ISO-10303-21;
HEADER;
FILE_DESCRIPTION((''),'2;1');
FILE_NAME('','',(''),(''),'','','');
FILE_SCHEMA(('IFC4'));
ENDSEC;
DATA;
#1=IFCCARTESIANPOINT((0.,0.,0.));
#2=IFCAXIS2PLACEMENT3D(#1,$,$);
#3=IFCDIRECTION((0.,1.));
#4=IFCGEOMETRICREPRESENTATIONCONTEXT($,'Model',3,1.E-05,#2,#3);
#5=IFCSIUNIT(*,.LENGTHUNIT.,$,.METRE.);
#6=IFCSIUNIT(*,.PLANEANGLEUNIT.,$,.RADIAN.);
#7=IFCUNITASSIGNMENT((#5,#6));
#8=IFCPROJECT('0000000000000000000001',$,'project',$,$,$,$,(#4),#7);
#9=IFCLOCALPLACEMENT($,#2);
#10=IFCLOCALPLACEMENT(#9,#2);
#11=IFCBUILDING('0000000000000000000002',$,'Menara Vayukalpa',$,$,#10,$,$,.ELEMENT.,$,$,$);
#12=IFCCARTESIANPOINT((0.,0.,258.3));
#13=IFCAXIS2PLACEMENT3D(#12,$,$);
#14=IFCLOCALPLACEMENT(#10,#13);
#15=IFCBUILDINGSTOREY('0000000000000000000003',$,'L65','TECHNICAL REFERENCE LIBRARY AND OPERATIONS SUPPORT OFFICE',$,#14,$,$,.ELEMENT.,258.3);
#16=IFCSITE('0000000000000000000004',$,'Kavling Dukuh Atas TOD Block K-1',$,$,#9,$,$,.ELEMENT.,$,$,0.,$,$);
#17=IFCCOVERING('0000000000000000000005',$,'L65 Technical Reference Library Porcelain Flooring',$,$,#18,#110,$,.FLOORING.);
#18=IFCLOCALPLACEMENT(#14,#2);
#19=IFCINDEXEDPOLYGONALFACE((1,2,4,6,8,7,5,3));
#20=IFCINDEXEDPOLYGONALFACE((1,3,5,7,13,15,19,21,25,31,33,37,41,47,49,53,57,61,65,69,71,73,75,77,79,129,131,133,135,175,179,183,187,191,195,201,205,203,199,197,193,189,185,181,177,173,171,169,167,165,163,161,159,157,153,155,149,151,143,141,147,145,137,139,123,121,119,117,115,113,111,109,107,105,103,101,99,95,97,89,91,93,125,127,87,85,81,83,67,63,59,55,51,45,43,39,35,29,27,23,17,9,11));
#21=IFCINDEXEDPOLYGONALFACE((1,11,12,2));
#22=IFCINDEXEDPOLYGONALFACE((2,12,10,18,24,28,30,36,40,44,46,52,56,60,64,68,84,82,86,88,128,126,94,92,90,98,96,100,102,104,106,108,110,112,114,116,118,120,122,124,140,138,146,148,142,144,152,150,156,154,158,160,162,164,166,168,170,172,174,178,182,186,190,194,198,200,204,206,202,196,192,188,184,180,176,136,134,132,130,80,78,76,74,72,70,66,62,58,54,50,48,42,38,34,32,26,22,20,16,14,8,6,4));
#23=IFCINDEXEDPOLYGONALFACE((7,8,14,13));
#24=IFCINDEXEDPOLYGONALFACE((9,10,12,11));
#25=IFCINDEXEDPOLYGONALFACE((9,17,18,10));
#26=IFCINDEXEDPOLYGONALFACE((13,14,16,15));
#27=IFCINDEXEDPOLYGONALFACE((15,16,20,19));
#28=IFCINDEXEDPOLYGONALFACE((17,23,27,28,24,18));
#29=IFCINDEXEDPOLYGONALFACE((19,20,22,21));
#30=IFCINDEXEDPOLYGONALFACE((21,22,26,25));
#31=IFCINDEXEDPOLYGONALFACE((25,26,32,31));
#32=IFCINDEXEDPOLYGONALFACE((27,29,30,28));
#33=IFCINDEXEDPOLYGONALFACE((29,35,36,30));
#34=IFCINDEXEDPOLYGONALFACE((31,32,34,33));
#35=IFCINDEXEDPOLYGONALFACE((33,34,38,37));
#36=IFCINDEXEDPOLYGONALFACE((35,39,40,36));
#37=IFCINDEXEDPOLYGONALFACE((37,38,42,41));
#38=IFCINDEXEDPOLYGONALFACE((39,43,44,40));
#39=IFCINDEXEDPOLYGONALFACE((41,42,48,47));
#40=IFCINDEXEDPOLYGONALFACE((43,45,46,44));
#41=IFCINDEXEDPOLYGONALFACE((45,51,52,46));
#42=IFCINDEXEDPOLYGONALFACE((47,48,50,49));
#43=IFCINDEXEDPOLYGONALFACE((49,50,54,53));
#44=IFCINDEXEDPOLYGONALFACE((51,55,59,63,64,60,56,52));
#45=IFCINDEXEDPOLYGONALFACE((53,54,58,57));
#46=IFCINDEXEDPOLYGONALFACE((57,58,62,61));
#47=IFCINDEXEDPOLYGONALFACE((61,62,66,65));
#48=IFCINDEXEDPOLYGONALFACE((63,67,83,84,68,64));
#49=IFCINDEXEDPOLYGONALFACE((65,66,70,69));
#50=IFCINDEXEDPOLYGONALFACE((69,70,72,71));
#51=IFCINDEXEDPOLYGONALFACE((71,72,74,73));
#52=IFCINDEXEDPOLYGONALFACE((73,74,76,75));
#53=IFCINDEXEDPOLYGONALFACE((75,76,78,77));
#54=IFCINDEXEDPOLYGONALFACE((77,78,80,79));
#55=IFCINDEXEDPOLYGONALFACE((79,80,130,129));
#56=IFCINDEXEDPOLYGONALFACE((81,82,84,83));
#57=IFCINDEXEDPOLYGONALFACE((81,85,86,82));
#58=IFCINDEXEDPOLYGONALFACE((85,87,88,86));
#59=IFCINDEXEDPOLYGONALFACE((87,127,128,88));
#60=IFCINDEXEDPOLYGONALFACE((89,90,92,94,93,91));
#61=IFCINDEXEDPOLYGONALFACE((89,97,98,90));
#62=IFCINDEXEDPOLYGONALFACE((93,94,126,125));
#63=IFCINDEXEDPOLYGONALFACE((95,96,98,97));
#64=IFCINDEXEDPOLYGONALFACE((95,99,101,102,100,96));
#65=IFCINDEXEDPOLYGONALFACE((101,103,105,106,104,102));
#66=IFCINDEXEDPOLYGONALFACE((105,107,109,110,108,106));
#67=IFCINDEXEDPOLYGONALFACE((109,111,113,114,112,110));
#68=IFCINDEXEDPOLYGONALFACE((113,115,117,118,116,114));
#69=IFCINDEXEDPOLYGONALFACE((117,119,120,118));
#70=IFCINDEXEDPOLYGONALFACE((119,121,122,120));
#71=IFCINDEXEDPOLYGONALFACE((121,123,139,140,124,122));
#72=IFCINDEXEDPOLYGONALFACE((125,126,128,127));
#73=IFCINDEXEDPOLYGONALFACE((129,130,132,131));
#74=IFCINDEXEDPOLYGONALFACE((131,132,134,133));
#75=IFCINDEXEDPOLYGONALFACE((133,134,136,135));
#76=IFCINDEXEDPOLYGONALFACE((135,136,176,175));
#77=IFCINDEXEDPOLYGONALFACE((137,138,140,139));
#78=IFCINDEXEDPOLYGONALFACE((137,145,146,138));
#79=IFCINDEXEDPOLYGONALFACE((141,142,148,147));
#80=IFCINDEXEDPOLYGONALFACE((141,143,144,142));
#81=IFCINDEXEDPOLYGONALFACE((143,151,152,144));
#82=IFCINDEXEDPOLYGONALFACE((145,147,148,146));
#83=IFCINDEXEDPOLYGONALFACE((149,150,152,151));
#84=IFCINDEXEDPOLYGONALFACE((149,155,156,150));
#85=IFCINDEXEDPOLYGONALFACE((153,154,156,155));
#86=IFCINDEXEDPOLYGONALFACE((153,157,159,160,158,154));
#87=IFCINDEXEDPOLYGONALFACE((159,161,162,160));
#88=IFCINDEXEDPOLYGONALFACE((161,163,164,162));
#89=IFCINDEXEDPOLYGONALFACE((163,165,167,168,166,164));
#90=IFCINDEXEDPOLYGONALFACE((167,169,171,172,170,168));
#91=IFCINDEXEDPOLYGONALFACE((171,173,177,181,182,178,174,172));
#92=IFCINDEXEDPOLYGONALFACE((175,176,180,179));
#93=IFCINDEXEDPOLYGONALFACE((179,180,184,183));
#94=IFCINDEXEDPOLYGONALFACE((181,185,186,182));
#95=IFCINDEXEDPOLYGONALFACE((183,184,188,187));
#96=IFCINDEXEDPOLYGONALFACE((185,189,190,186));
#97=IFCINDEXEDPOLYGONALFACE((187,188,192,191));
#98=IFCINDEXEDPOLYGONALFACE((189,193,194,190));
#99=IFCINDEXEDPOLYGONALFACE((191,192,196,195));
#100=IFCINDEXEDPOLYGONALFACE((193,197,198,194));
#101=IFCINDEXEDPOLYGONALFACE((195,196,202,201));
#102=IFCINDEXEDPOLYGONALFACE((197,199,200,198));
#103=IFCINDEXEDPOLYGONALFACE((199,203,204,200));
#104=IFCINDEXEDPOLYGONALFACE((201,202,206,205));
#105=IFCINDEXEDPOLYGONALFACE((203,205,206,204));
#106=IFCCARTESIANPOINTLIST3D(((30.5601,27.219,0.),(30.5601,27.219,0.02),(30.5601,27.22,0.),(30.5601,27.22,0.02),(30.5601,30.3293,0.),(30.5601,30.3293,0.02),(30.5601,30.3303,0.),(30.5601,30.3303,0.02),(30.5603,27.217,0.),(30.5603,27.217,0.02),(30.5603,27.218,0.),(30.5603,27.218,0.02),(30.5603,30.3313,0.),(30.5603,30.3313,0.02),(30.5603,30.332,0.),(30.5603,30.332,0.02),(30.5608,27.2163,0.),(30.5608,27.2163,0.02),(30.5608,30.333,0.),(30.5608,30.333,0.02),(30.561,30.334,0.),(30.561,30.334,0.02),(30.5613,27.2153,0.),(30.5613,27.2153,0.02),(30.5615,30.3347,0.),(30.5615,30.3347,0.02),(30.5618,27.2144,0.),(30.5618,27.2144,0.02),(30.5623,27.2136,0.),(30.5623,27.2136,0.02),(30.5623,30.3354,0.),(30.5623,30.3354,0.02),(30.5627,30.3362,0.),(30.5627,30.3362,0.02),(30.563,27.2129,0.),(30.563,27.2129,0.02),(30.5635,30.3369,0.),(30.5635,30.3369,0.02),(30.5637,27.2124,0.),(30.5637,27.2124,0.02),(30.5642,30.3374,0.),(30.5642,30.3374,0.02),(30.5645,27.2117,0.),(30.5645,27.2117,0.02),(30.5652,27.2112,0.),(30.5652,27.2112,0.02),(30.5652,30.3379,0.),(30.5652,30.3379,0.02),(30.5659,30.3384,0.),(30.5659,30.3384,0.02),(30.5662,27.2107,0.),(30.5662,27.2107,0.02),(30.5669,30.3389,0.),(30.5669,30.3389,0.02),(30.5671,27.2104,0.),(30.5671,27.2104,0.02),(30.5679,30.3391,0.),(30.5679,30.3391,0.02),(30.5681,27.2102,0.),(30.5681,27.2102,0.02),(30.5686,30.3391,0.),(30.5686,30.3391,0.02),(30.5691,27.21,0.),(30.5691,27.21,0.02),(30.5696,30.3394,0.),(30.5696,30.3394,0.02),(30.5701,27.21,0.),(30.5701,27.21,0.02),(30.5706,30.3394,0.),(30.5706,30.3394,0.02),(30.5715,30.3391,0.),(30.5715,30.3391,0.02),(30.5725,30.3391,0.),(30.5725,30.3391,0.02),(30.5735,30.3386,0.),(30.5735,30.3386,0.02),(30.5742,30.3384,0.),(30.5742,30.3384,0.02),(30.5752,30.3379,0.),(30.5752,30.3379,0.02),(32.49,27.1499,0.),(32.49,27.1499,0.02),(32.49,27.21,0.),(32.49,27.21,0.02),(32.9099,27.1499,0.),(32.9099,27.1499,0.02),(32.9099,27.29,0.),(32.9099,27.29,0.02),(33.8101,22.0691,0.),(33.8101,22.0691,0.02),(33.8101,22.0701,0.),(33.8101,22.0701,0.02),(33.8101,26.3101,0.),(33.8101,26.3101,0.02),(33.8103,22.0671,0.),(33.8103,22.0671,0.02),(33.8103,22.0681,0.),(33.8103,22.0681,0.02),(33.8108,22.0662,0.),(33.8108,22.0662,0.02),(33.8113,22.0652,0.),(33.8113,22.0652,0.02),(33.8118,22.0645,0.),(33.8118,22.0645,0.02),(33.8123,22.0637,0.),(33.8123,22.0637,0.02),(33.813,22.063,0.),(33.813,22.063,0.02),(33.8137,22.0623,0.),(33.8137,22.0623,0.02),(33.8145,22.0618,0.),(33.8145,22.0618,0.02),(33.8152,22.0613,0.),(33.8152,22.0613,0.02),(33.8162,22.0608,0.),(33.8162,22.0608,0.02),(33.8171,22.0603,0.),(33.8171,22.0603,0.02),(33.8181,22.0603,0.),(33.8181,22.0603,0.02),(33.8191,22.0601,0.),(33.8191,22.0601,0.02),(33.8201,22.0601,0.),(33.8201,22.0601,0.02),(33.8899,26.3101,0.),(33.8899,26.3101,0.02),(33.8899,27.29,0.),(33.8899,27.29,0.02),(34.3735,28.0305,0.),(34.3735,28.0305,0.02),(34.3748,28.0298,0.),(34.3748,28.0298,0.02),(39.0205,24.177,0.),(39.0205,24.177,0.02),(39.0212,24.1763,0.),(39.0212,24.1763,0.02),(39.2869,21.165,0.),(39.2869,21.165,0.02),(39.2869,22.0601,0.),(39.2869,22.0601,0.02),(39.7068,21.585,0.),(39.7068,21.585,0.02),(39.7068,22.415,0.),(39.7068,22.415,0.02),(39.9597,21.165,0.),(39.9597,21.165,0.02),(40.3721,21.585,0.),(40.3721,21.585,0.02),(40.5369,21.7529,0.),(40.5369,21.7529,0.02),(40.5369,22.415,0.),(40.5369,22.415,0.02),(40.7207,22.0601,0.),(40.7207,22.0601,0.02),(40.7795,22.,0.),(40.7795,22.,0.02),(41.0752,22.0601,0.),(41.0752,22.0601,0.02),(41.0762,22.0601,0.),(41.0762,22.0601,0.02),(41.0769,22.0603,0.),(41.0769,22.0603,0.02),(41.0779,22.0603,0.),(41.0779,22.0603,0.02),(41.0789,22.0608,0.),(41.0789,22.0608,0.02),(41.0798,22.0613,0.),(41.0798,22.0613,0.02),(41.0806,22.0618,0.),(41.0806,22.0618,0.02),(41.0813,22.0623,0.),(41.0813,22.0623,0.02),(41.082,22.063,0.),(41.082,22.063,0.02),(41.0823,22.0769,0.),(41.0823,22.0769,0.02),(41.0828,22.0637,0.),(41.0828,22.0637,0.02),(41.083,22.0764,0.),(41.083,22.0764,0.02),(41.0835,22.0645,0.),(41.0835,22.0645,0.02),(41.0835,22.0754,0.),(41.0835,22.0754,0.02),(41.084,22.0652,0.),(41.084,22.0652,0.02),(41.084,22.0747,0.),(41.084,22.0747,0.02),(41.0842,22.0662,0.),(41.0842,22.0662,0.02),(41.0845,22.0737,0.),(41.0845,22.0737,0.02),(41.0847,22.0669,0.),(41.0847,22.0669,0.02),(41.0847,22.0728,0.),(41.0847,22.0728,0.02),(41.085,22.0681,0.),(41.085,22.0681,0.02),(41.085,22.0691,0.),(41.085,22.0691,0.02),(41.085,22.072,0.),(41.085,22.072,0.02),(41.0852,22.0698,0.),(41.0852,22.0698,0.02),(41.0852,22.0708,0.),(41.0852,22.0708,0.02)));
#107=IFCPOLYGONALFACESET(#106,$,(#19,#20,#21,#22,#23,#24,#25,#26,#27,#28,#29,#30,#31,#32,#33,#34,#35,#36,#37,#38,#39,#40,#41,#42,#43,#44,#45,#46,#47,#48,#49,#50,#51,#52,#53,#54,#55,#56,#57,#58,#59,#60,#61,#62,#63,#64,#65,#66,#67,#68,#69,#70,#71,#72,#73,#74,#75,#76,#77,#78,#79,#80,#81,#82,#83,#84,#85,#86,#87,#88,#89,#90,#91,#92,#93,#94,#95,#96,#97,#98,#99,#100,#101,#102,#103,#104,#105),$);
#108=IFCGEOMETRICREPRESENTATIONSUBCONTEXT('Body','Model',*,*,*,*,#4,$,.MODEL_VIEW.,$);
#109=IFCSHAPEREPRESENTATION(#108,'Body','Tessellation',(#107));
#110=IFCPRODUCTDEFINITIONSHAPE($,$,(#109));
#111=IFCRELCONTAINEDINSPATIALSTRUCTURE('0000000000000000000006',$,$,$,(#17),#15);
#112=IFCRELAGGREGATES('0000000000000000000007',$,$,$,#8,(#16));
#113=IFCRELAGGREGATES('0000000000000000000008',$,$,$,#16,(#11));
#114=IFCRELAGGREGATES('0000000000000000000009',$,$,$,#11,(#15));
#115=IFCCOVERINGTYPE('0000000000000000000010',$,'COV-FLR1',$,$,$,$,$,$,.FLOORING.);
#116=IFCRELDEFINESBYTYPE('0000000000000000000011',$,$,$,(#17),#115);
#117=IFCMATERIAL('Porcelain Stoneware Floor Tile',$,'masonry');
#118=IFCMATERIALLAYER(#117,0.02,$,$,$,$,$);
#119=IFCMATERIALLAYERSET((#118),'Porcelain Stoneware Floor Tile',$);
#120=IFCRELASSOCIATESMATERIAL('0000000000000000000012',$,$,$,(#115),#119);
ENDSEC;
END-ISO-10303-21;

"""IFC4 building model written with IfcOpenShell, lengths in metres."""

from ifc_helpers import new_model, si_unit, direction, frame, origin, place, context, subcontext, project, spatial, polyline, outline, extrude, material, layer, layer_set, type_object, element, save


model = new_model("IFC4")

# Units and contexts
model_context = context("Model", 3, precision=1e-05, world=origin(), true_north=direction((0.0, 1.0)))
body_context = subcontext(model_context, "Body", "Model", "MODEL_VIEW")
ifc_project = project(units=[si_unit("LENGTHUNIT", "METRE"), si_unit("PLANEANGLEUNIT", "RADIAN")], contexts=[model_context])

# Site, building, storey
site_placement = place(None, origin())
site = spatial("IfcSite", under=ifc_project, at=site_placement, Name="Kavling Dukuh Atas TOD Block K-1", CompositionType="ELEMENT", RefElevation=0.0)
building_placement = place(site_placement, origin())
building = spatial("IfcBuilding", under=site, at=building_placement, Name="Menara Vayukalpa", CompositionType="ELEMENT")
storey_placement = place(building_placement, frame((0.0, 0.0, 258.3)))
storey = spatial("IfcBuildingStorey", under=building, at=storey_placement, Name="L65", Description="TECHNICAL REFERENCE LIBRARY AND OPERATIONS SUPPORT OFFICE", CompositionType="ELEMENT", Elevation=258.3)

# Covering
ifc_material_1 = material(Name="Porcelain Stoneware Floor Tile", Category="masonry")
ifc_layer_1 = layer(ifc_material_1, 0.02)
ifc_layer_set_1 = layer_set([ifc_layer_1], Name="Porcelain Stoneware Floor Tile")
covering_type_1 = type_object("IfcCoveringType", Name="COV-FLR1", PredefinedType="FLOORING", material=ifc_layer_set_1)
covering_1_placement = place(storey_placement, origin())
element("IfcCovering", 1, at=covering_1_placement, inside=storey, type_object=covering_type_1, Name="L65 Technical Reference Library Porcelain Flooring", PredefinedType="FLOORING", context=body_context, shape_type="SweptSolid", body=[
    extrude(outline(polyline([(33.8201, 22.0601), (33.8191, 22.0601), (33.8181, 22.0603), (33.8171, 22.0603), (33.8162, 22.0608), (33.8152, 22.0613), (33.8145, 22.0618), (33.8137, 22.0623), (33.813, 22.063), (33.8123, 22.0637), (33.8118, 22.0645), (33.8113, 22.0652), (33.8108, 22.0662), (33.8103, 22.0671), (33.8103, 22.0681), (33.8101, 22.0691), (33.8101, 22.0701), (33.8101, 26.3101), (33.8899, 26.3101), (33.8899, 27.29), (32.9099, 27.29), (32.9099, 27.1499), (32.49, 27.1499), (32.49, 27.21), (30.5701, 27.21), (30.5691, 27.21), (30.5681, 27.2102), (30.5671, 27.2104), (30.5662, 27.2107), (30.5652, 27.2112), (30.5645, 27.2117), (30.5637, 27.2124), (30.563, 27.2129), (30.5623, 27.2136), (30.5618, 27.2144), (30.5613, 27.2153), (30.5608, 27.2163), (30.5603, 27.217), (30.5603, 27.218), (30.5601, 27.219), (30.5601, 27.22), (30.5601, 30.3293), (30.5601, 30.3303), (30.5603, 30.3313), (30.5603, 30.332), (30.5608, 30.333), (30.561, 30.334), (30.5615, 30.3347), (30.5623, 30.3354), (30.5627, 30.3362), (30.5635, 30.3369), (30.5642, 30.3374), (30.5652, 30.3379), (30.5659, 30.3384), (30.5669, 30.3389), (30.5679, 30.3391), (30.5686, 30.3391), (30.5696, 30.3394), (30.5706, 30.3394), (30.5715, 30.3391), (30.5725, 30.3391), (30.5735, 30.3386), (30.5742, 30.3384), (30.5752, 30.3379), (34.3735, 28.0305), (34.3748, 28.0298), (39.0205, 24.177), (39.0212, 24.1763), (41.0823, 22.0769), (41.083, 22.0764), (41.0835, 22.0754), (41.084, 22.0747), (41.0845, 22.0737), (41.0847, 22.0728), (41.085, 22.072), (41.0852, 22.0708), (41.0852, 22.0698), (41.085, 22.0691), (41.085, 22.0681), (41.0847, 22.0669), (41.0842, 22.0662), (41.084, 22.0652), (41.0835, 22.0645), (41.0828, 22.0637), (41.082, 22.063), (41.0813, 22.0623), (41.0806, 22.0618), (41.0798, 22.0613), (41.0789, 22.0608), (41.0779, 22.0603), (41.0769, 22.0603), (41.0762, 22.0601), (41.0752, 22.0601), (40.7207, 22.0601), (40.7795, 22.0), (40.5369, 21.7529), (40.5369, 22.415), (39.7068, 22.415), (39.7068, 21.585), (40.3721, 21.585), (39.9597, 21.165), (39.2869, 21.165), (39.2869, 22.0601), (33.8201, 22.0601)])), origin(), (0.0, 0.0, 1.0), 0.02),
])

save(model, "model.ifc")
